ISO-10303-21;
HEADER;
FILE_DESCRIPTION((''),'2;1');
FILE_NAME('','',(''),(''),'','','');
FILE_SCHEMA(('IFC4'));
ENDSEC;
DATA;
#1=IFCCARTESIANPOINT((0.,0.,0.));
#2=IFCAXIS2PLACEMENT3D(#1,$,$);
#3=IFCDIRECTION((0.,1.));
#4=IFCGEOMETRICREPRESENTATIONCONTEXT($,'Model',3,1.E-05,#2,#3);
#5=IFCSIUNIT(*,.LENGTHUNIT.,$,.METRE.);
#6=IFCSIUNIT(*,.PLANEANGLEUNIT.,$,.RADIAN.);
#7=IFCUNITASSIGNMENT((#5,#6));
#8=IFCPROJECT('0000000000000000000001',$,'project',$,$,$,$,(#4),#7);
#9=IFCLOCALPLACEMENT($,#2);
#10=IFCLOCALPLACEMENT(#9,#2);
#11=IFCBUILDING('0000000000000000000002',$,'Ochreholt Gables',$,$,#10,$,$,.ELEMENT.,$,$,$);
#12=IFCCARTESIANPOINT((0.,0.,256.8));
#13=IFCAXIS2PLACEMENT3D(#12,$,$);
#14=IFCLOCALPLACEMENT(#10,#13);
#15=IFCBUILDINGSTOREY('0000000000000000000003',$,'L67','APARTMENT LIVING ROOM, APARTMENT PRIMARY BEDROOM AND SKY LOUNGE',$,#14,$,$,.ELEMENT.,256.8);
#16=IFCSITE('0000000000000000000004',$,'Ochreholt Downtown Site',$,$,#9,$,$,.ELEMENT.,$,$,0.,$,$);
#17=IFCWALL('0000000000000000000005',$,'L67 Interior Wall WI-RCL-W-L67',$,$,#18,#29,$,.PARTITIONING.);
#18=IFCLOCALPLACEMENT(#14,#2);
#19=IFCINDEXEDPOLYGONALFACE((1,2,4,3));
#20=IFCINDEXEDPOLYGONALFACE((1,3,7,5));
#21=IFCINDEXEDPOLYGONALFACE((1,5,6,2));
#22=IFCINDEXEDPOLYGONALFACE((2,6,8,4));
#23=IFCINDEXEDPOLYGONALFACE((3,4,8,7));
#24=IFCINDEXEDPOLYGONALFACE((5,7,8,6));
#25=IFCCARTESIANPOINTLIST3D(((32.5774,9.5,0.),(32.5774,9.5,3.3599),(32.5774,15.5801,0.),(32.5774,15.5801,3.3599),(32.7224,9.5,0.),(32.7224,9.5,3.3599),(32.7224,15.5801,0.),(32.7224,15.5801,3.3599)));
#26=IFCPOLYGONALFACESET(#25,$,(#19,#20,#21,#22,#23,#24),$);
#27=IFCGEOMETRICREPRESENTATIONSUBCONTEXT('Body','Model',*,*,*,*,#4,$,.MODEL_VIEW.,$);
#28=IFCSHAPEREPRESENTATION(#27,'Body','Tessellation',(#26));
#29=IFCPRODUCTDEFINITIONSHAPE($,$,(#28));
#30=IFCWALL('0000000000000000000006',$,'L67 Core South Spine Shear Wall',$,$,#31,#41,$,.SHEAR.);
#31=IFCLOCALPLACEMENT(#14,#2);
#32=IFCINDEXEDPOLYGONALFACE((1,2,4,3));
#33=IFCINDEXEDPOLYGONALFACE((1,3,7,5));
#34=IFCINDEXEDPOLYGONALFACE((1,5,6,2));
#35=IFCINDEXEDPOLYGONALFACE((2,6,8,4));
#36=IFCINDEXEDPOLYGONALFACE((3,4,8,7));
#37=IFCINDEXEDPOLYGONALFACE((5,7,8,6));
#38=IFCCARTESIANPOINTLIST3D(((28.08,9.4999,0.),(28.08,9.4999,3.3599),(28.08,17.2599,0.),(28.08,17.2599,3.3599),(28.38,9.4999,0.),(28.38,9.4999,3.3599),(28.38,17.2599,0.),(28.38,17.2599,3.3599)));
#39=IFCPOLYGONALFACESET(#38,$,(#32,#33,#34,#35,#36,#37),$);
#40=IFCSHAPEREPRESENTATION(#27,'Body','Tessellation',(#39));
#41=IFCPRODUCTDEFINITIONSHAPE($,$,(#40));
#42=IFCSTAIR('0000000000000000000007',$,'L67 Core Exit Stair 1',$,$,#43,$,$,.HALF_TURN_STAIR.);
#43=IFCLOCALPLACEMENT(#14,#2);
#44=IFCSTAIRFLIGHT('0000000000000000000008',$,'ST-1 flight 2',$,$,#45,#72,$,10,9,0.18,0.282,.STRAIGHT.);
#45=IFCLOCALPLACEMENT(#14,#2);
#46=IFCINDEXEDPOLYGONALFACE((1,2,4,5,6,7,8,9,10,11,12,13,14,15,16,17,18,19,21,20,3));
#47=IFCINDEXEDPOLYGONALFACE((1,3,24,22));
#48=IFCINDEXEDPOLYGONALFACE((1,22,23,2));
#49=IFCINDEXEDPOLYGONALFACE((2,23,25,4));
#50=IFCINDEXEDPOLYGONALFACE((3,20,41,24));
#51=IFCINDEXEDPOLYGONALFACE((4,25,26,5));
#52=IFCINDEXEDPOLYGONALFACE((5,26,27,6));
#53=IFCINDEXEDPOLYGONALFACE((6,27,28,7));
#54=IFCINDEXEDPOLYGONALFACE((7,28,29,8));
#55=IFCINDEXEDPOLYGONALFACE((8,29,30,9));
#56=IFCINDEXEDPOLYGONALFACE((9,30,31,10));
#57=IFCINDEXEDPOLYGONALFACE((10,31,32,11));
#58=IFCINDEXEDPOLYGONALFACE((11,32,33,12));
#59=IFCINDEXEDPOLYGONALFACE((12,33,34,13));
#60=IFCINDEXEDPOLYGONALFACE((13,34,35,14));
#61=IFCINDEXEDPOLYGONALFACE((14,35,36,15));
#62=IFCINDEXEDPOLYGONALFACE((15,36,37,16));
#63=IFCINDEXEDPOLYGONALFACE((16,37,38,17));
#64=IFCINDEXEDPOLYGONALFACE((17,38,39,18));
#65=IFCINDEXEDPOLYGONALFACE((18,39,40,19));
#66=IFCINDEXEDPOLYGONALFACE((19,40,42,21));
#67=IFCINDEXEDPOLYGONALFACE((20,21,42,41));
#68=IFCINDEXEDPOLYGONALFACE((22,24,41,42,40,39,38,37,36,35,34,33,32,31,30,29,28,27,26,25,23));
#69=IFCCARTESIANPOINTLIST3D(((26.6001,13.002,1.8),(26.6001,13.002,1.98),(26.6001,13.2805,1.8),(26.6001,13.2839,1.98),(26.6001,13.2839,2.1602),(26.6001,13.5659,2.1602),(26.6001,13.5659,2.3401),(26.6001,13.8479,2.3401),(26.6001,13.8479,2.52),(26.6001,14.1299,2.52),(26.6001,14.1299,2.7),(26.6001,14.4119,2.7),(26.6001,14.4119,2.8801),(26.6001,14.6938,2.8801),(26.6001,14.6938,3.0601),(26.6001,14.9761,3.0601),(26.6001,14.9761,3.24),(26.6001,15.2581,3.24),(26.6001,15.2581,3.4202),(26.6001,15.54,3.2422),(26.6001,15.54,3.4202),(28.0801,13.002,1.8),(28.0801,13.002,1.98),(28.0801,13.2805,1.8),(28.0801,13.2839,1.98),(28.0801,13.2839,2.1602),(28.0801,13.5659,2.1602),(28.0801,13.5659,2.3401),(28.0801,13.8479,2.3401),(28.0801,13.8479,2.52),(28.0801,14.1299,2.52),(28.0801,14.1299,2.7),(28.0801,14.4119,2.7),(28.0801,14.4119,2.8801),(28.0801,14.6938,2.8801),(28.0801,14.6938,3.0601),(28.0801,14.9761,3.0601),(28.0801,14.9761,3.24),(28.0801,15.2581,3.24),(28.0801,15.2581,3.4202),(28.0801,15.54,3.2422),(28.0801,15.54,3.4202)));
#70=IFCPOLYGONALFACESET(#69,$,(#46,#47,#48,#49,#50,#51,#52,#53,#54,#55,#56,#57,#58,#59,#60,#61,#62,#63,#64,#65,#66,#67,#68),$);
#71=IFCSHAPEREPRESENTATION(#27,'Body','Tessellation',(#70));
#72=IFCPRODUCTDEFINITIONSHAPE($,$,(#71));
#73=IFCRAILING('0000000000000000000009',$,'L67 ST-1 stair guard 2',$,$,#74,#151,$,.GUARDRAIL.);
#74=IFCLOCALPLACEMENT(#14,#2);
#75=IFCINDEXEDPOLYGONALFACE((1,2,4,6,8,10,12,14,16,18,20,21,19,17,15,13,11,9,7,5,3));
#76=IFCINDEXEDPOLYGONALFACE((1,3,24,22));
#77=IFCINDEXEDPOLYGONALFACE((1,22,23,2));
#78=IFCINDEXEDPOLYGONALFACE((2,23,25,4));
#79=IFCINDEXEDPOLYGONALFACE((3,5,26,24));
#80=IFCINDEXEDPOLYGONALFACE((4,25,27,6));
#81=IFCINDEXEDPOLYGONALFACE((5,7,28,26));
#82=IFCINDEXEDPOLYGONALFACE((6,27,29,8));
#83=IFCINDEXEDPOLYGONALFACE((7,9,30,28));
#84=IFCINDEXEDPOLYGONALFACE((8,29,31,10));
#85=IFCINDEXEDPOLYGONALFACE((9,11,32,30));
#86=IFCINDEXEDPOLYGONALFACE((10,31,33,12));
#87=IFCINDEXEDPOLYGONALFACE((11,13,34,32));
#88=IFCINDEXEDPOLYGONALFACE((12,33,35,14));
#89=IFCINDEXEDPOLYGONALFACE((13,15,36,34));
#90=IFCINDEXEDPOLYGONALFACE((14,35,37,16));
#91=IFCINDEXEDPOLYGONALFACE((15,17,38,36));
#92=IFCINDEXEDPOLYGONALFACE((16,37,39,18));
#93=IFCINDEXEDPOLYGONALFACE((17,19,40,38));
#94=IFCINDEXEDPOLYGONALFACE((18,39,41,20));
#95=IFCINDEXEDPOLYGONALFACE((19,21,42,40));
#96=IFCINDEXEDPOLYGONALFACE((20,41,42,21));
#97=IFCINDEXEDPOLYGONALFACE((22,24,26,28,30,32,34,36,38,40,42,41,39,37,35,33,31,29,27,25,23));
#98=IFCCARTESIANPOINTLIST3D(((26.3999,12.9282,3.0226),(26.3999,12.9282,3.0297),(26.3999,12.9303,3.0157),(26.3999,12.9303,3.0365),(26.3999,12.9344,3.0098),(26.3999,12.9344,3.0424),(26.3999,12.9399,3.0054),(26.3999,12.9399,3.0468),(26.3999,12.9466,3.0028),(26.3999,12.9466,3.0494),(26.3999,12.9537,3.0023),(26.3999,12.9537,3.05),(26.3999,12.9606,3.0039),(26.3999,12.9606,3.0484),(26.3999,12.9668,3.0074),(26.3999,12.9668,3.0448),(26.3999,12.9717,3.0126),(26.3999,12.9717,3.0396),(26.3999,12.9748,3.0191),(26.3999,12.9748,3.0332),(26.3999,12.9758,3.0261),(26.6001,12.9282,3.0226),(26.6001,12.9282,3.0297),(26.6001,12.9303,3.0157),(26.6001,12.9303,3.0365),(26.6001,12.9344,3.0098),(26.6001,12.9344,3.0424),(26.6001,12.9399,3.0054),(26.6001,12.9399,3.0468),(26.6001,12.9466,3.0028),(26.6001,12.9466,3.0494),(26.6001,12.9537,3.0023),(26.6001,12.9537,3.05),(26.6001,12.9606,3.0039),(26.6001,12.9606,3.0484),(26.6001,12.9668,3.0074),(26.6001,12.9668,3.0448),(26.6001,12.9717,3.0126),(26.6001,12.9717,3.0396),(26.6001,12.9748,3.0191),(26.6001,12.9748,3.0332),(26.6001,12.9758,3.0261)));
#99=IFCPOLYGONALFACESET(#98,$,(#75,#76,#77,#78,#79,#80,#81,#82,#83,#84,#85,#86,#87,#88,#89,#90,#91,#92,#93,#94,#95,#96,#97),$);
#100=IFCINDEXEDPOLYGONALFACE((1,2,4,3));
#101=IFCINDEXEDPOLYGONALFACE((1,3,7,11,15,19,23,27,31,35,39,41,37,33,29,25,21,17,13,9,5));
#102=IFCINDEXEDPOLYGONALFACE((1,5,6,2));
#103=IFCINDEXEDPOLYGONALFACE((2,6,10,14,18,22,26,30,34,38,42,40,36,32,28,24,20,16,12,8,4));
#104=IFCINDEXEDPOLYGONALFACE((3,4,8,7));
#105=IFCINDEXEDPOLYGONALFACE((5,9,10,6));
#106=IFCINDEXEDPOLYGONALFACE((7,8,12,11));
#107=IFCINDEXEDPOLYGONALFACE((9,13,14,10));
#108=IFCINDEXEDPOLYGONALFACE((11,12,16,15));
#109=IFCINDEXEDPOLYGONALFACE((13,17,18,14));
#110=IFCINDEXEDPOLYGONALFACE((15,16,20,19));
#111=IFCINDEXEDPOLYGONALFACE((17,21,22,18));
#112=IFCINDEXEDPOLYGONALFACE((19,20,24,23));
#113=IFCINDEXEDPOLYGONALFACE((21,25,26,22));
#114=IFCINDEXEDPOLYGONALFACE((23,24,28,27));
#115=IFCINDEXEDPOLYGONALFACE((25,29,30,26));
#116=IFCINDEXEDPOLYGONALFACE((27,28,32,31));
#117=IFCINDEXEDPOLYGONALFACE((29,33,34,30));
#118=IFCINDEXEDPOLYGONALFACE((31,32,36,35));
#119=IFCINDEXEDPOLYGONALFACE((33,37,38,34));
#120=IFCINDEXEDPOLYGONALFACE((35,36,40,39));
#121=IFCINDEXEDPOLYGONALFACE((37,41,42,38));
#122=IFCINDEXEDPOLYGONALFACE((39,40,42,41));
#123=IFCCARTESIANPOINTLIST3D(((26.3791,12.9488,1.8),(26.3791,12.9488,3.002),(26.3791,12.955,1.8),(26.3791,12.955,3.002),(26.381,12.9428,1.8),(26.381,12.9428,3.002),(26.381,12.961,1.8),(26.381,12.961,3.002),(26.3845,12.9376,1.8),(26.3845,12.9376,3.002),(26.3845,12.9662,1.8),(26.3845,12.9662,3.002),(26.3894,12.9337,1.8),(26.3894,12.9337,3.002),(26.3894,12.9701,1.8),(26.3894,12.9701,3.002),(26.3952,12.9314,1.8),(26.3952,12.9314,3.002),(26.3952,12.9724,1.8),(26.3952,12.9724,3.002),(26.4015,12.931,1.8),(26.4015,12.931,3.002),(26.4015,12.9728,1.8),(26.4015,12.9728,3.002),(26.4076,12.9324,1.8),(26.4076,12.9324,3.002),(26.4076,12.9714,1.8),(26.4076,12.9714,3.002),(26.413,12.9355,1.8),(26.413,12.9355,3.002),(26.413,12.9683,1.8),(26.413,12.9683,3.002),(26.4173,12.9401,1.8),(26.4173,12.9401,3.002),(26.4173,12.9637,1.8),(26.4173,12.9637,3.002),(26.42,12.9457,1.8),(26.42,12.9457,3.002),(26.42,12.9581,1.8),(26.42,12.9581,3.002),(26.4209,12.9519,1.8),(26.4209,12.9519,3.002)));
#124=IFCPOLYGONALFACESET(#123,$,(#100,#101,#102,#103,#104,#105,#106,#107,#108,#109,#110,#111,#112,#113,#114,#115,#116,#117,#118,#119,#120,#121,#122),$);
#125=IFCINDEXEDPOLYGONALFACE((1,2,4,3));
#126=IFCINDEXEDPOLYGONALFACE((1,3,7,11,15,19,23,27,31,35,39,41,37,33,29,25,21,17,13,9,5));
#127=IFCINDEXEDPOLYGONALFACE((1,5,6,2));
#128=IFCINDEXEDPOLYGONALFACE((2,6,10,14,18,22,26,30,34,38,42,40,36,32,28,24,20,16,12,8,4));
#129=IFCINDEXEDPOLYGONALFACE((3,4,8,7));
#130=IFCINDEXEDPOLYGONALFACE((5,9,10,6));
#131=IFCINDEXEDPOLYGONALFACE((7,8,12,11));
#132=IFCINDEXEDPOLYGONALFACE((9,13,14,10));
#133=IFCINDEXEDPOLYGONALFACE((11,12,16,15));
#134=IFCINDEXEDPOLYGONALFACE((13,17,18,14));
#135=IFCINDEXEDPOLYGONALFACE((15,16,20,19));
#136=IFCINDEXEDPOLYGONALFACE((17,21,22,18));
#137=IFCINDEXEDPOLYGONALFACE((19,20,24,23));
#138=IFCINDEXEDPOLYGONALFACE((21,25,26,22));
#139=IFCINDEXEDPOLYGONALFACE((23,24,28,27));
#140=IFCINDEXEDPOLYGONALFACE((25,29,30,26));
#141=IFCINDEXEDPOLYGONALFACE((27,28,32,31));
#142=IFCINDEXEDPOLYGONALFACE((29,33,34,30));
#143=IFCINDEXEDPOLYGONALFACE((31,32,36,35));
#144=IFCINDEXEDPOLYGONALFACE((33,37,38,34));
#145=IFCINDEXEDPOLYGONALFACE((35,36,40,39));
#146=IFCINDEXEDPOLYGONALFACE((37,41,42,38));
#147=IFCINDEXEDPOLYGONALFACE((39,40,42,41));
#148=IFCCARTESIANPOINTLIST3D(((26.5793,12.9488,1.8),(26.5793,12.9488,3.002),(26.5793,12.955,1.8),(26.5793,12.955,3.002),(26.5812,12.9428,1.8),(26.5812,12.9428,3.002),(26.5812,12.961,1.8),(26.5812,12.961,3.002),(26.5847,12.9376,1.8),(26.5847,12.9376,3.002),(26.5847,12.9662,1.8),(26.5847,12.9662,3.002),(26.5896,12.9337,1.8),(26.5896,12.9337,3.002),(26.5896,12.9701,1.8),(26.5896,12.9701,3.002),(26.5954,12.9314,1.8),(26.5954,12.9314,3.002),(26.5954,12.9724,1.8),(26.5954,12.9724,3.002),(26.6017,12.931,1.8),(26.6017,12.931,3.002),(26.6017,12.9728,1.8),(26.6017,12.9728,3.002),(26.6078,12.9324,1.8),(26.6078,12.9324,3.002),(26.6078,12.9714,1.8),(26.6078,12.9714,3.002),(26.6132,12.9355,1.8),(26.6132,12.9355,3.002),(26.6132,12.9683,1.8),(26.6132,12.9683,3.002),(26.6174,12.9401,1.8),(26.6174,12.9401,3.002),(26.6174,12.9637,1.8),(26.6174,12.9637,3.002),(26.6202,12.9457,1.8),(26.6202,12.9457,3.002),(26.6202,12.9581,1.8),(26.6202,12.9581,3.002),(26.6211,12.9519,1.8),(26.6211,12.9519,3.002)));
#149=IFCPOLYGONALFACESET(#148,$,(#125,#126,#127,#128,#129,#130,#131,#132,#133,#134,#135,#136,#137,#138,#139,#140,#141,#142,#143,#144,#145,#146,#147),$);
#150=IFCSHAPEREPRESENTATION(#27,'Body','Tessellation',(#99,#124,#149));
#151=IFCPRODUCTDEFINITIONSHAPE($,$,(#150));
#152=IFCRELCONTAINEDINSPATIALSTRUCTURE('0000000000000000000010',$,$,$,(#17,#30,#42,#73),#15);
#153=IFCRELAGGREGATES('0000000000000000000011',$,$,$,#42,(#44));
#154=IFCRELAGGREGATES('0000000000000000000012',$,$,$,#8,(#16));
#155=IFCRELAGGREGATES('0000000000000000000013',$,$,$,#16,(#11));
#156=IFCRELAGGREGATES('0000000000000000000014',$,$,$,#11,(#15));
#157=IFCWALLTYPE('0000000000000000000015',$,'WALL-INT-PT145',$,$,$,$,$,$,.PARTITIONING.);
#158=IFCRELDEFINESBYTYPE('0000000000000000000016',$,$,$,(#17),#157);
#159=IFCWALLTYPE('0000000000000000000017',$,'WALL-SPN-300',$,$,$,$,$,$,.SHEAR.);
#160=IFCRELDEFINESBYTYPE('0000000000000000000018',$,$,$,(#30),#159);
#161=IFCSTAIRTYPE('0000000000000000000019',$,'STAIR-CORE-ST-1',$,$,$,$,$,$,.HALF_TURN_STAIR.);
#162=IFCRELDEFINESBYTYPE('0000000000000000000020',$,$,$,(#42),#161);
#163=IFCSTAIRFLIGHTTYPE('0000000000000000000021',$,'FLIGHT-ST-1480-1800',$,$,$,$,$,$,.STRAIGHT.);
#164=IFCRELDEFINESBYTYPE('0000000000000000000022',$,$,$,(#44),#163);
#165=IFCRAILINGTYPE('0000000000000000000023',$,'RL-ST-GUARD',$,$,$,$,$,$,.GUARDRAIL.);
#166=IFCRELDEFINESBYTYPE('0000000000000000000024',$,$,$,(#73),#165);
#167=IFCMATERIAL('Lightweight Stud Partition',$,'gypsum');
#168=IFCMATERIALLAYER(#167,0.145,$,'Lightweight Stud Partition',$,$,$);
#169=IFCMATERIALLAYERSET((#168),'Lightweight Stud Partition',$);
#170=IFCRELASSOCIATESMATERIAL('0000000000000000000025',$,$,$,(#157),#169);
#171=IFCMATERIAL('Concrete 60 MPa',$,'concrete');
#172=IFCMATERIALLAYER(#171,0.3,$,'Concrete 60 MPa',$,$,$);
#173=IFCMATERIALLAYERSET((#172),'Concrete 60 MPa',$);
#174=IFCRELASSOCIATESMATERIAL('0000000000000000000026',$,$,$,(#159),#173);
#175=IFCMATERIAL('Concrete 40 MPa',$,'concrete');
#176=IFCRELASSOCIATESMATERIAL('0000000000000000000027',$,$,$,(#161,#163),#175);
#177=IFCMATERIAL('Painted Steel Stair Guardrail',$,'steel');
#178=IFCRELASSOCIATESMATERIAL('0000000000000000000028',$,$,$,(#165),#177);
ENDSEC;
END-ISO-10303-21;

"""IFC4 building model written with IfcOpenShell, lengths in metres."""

from ifc_helpers import new_model, si_unit, direction, frame, frame_2d, origin, origin_2d, place, context, subcontext, project, spatial, polyline, rectangle, circle, outline, extrude, material, layer, layer_set, type_object, element, aggregate, save


model = new_model("IFC4")

# Units and contexts
model_context = context("Model", 3, precision=1e-05, world=origin(), true_north=direction((0.0, 1.0)))
body_context = subcontext(model_context, "Body", "Model", "MODEL_VIEW")
ifc_project = project(units=[si_unit("LENGTHUNIT", "METRE"), si_unit("PLANEANGLEUNIT", "RADIAN")], contexts=[model_context])

# Site, building, storey
site_placement = place(None, origin())
site = spatial("IfcSite", under=ifc_project, at=site_placement, Name="Ochreholt Downtown Site", CompositionType="ELEMENT", RefElevation=0.0)
building_placement = place(site_placement, origin())
building = spatial("IfcBuilding", under=site, at=building_placement, Name="Ochreholt Gables", CompositionType="ELEMENT")
storey_placement = place(building_placement, frame((0.0, 0.0, 256.8)))
storey = spatial("IfcBuildingStorey", under=building, at=storey_placement, Name="L67", Description="APARTMENT LIVING ROOM, APARTMENT PRIMARY BEDROOM AND SKY LOUNGE", CompositionType="ELEMENT", Elevation=256.8)

# Walls
ifc_material_1 = material(Name="Lightweight Stud Partition", Category="gypsum")
ifc_layer_1 = layer(ifc_material_1, 0.145, Name="Lightweight Stud Partition")
ifc_layer_set_1 = layer_set([ifc_layer_1], Name="Lightweight Stud Partition")
wall_type_1 = type_object("IfcWallType", Name="WALL-INT-PT145", PredefinedType="PARTITIONING", material=ifc_layer_set_1)
wall_1_placement = place(storey_placement, frame((32.6499, 9.5, 0.0), z_axis=(0.0, 0.0, 1.0), x_axis=(0.0, 1.0, 0.0)))
element("IfcWall", 1, at=wall_1_placement, inside=storey, type_object=wall_type_1, Name="L67 Interior Wall WI-RCL-W-L67", PredefinedType="PARTITIONING", context=body_context, shape_type="SweptSolid", body=[
    extrude(rectangle(XDim=6.0801, YDim=0.145, at=frame_2d((3.04, 0.0))), origin(), (0.0, 0.0, 1.0), 3.3599),
])
ifc_material_2 = material(Name="Concrete 60 MPa", Category="concrete")
ifc_layer_2 = layer(ifc_material_2, 0.3, Name="Concrete 60 MPa")
ifc_layer_set_2 = layer_set([ifc_layer_2], Name="Concrete 60 MPa")
wall_type_2 = type_object("IfcWallType", Name="WALL-SPN-300", PredefinedType="SHEAR", material=ifc_layer_set_2)
wall_2_placement = place(storey_placement, frame((28.23, 9.5, 0.0), z_axis=(0.0, 0.0, 1.0), x_axis=(0.0, 1.0, 0.0)))
element("IfcWall", 2, at=wall_2_placement, inside=storey, type_object=wall_type_2, Name="L67 Core South Spine Shear Wall", PredefinedType="SHEAR", context=body_context, shape_type="SweptSolid", body=[
    extrude(rectangle(XDim=7.76, YDim=0.3, at=frame_2d((3.8799, 0.0))), origin(), (0.0, 0.0, 1.0), 3.3599),
])

# Stair, stair flight
ifc_material_3 = material(Name="Concrete 40 MPa", Category="concrete")
stair_type = type_object("IfcStairType", Name="STAIR-CORE-ST-1", PredefinedType="HALF_TURN_STAIR", material=ifc_material_3)
stair_placement = place(storey_placement, origin())
stair = element("IfcStair", 3, at=stair_placement, inside=storey, type_object=stair_type, Name="L67 Core Exit Stair 1", PredefinedType="HALF_TURN_STAIR")
stair_flight_type = type_object("IfcStairFlightType", Name="FLIGHT-ST-1480-1800", PredefinedType="STRAIGHT", material=ifc_material_3)
stair_flight_placement = place(storey_placement, frame((27.3401, 13.002, 1.8), z_axis=(0.0, 0.0, 1.0), x_axis=(0.0, 1.0, 0.0)))
stair_flight = element("IfcStairFlight", 4, at=stair_flight_placement, type_object=stair_flight_type, Name="ST-1 flight 2", NumberOfRisers=10, NumberOfTreads=9, PredefinedType="STRAIGHT", RiserHeight=0.18, TreadLength=0.282, context=body_context, shape_type="SweptSolid", body=[
    extrude(outline(polyline([(0.0, 0.0), (0.0, 0.1799), (0.282, 0.1799), (0.282, 0.3601), (0.564, 0.3601), (0.564, 0.54), (0.8459, 0.54), (0.8459, 0.72), (1.1279, 0.72), (1.1279, 0.8999), (1.4099, 0.8999), (1.4099, 1.0801), (1.6919, 1.0801), (1.6919, 1.26), (1.9741, 1.26), (1.9741, 1.4399), (2.2561, 1.4399), (2.2561, 1.6201), (2.5381, 1.6201), (2.5381, 1.8), (2.5381, 1.4421), (0.2786, 0.0), (0.0, 0.0)])), frame((0.0, 0.74, 0.0), z_axis=(0.0, -1.0, 0.0), x_axis=(1.0, 0.0, 0.0)), (0.0, 0.0, 1.0), 1.48),
])
aggregate(stair, [stair_flight])

# Railing
ifc_material_4 = material(Name="Painted Steel Stair Guardrail", Category="steel")
railing_type_1 = type_object("IfcRailingType", Name="RL-ST-GUARD", PredefinedType="GUARDRAIL", material=ifc_material_4)
railing_1_placement = place(storey_placement, frame((26.3999, 12.9519, 1.8)))
element("IfcRailing", 5, at=railing_1_placement, inside=storey, type_object=railing_type_1, Name="L67 ST-1 stair guard 2", PredefinedType="GUARDRAIL", context=body_context, shape_type="SweptSolid", body=[
    extrude(circle(Radius=0.0239, at=origin_2d()), frame((0.0, 0.0, 1.2261), z_axis=(1.0, 0.0, 0.0), x_axis=(0.0, 1.0, 0.0)), (0.0, 0.0, 1.0), 0.2002),
    extrude(circle(Radius=0.021, at=origin_2d()), origin(), (0.0, 0.0, 1.0), 1.2019),
    extrude(circle(Radius=0.021, at=origin_2d()), frame((0.2002, 0.0, 0.0)), (0.0, 0.0, 1.0), 1.2019),
])

save(model, "model.ifc")
